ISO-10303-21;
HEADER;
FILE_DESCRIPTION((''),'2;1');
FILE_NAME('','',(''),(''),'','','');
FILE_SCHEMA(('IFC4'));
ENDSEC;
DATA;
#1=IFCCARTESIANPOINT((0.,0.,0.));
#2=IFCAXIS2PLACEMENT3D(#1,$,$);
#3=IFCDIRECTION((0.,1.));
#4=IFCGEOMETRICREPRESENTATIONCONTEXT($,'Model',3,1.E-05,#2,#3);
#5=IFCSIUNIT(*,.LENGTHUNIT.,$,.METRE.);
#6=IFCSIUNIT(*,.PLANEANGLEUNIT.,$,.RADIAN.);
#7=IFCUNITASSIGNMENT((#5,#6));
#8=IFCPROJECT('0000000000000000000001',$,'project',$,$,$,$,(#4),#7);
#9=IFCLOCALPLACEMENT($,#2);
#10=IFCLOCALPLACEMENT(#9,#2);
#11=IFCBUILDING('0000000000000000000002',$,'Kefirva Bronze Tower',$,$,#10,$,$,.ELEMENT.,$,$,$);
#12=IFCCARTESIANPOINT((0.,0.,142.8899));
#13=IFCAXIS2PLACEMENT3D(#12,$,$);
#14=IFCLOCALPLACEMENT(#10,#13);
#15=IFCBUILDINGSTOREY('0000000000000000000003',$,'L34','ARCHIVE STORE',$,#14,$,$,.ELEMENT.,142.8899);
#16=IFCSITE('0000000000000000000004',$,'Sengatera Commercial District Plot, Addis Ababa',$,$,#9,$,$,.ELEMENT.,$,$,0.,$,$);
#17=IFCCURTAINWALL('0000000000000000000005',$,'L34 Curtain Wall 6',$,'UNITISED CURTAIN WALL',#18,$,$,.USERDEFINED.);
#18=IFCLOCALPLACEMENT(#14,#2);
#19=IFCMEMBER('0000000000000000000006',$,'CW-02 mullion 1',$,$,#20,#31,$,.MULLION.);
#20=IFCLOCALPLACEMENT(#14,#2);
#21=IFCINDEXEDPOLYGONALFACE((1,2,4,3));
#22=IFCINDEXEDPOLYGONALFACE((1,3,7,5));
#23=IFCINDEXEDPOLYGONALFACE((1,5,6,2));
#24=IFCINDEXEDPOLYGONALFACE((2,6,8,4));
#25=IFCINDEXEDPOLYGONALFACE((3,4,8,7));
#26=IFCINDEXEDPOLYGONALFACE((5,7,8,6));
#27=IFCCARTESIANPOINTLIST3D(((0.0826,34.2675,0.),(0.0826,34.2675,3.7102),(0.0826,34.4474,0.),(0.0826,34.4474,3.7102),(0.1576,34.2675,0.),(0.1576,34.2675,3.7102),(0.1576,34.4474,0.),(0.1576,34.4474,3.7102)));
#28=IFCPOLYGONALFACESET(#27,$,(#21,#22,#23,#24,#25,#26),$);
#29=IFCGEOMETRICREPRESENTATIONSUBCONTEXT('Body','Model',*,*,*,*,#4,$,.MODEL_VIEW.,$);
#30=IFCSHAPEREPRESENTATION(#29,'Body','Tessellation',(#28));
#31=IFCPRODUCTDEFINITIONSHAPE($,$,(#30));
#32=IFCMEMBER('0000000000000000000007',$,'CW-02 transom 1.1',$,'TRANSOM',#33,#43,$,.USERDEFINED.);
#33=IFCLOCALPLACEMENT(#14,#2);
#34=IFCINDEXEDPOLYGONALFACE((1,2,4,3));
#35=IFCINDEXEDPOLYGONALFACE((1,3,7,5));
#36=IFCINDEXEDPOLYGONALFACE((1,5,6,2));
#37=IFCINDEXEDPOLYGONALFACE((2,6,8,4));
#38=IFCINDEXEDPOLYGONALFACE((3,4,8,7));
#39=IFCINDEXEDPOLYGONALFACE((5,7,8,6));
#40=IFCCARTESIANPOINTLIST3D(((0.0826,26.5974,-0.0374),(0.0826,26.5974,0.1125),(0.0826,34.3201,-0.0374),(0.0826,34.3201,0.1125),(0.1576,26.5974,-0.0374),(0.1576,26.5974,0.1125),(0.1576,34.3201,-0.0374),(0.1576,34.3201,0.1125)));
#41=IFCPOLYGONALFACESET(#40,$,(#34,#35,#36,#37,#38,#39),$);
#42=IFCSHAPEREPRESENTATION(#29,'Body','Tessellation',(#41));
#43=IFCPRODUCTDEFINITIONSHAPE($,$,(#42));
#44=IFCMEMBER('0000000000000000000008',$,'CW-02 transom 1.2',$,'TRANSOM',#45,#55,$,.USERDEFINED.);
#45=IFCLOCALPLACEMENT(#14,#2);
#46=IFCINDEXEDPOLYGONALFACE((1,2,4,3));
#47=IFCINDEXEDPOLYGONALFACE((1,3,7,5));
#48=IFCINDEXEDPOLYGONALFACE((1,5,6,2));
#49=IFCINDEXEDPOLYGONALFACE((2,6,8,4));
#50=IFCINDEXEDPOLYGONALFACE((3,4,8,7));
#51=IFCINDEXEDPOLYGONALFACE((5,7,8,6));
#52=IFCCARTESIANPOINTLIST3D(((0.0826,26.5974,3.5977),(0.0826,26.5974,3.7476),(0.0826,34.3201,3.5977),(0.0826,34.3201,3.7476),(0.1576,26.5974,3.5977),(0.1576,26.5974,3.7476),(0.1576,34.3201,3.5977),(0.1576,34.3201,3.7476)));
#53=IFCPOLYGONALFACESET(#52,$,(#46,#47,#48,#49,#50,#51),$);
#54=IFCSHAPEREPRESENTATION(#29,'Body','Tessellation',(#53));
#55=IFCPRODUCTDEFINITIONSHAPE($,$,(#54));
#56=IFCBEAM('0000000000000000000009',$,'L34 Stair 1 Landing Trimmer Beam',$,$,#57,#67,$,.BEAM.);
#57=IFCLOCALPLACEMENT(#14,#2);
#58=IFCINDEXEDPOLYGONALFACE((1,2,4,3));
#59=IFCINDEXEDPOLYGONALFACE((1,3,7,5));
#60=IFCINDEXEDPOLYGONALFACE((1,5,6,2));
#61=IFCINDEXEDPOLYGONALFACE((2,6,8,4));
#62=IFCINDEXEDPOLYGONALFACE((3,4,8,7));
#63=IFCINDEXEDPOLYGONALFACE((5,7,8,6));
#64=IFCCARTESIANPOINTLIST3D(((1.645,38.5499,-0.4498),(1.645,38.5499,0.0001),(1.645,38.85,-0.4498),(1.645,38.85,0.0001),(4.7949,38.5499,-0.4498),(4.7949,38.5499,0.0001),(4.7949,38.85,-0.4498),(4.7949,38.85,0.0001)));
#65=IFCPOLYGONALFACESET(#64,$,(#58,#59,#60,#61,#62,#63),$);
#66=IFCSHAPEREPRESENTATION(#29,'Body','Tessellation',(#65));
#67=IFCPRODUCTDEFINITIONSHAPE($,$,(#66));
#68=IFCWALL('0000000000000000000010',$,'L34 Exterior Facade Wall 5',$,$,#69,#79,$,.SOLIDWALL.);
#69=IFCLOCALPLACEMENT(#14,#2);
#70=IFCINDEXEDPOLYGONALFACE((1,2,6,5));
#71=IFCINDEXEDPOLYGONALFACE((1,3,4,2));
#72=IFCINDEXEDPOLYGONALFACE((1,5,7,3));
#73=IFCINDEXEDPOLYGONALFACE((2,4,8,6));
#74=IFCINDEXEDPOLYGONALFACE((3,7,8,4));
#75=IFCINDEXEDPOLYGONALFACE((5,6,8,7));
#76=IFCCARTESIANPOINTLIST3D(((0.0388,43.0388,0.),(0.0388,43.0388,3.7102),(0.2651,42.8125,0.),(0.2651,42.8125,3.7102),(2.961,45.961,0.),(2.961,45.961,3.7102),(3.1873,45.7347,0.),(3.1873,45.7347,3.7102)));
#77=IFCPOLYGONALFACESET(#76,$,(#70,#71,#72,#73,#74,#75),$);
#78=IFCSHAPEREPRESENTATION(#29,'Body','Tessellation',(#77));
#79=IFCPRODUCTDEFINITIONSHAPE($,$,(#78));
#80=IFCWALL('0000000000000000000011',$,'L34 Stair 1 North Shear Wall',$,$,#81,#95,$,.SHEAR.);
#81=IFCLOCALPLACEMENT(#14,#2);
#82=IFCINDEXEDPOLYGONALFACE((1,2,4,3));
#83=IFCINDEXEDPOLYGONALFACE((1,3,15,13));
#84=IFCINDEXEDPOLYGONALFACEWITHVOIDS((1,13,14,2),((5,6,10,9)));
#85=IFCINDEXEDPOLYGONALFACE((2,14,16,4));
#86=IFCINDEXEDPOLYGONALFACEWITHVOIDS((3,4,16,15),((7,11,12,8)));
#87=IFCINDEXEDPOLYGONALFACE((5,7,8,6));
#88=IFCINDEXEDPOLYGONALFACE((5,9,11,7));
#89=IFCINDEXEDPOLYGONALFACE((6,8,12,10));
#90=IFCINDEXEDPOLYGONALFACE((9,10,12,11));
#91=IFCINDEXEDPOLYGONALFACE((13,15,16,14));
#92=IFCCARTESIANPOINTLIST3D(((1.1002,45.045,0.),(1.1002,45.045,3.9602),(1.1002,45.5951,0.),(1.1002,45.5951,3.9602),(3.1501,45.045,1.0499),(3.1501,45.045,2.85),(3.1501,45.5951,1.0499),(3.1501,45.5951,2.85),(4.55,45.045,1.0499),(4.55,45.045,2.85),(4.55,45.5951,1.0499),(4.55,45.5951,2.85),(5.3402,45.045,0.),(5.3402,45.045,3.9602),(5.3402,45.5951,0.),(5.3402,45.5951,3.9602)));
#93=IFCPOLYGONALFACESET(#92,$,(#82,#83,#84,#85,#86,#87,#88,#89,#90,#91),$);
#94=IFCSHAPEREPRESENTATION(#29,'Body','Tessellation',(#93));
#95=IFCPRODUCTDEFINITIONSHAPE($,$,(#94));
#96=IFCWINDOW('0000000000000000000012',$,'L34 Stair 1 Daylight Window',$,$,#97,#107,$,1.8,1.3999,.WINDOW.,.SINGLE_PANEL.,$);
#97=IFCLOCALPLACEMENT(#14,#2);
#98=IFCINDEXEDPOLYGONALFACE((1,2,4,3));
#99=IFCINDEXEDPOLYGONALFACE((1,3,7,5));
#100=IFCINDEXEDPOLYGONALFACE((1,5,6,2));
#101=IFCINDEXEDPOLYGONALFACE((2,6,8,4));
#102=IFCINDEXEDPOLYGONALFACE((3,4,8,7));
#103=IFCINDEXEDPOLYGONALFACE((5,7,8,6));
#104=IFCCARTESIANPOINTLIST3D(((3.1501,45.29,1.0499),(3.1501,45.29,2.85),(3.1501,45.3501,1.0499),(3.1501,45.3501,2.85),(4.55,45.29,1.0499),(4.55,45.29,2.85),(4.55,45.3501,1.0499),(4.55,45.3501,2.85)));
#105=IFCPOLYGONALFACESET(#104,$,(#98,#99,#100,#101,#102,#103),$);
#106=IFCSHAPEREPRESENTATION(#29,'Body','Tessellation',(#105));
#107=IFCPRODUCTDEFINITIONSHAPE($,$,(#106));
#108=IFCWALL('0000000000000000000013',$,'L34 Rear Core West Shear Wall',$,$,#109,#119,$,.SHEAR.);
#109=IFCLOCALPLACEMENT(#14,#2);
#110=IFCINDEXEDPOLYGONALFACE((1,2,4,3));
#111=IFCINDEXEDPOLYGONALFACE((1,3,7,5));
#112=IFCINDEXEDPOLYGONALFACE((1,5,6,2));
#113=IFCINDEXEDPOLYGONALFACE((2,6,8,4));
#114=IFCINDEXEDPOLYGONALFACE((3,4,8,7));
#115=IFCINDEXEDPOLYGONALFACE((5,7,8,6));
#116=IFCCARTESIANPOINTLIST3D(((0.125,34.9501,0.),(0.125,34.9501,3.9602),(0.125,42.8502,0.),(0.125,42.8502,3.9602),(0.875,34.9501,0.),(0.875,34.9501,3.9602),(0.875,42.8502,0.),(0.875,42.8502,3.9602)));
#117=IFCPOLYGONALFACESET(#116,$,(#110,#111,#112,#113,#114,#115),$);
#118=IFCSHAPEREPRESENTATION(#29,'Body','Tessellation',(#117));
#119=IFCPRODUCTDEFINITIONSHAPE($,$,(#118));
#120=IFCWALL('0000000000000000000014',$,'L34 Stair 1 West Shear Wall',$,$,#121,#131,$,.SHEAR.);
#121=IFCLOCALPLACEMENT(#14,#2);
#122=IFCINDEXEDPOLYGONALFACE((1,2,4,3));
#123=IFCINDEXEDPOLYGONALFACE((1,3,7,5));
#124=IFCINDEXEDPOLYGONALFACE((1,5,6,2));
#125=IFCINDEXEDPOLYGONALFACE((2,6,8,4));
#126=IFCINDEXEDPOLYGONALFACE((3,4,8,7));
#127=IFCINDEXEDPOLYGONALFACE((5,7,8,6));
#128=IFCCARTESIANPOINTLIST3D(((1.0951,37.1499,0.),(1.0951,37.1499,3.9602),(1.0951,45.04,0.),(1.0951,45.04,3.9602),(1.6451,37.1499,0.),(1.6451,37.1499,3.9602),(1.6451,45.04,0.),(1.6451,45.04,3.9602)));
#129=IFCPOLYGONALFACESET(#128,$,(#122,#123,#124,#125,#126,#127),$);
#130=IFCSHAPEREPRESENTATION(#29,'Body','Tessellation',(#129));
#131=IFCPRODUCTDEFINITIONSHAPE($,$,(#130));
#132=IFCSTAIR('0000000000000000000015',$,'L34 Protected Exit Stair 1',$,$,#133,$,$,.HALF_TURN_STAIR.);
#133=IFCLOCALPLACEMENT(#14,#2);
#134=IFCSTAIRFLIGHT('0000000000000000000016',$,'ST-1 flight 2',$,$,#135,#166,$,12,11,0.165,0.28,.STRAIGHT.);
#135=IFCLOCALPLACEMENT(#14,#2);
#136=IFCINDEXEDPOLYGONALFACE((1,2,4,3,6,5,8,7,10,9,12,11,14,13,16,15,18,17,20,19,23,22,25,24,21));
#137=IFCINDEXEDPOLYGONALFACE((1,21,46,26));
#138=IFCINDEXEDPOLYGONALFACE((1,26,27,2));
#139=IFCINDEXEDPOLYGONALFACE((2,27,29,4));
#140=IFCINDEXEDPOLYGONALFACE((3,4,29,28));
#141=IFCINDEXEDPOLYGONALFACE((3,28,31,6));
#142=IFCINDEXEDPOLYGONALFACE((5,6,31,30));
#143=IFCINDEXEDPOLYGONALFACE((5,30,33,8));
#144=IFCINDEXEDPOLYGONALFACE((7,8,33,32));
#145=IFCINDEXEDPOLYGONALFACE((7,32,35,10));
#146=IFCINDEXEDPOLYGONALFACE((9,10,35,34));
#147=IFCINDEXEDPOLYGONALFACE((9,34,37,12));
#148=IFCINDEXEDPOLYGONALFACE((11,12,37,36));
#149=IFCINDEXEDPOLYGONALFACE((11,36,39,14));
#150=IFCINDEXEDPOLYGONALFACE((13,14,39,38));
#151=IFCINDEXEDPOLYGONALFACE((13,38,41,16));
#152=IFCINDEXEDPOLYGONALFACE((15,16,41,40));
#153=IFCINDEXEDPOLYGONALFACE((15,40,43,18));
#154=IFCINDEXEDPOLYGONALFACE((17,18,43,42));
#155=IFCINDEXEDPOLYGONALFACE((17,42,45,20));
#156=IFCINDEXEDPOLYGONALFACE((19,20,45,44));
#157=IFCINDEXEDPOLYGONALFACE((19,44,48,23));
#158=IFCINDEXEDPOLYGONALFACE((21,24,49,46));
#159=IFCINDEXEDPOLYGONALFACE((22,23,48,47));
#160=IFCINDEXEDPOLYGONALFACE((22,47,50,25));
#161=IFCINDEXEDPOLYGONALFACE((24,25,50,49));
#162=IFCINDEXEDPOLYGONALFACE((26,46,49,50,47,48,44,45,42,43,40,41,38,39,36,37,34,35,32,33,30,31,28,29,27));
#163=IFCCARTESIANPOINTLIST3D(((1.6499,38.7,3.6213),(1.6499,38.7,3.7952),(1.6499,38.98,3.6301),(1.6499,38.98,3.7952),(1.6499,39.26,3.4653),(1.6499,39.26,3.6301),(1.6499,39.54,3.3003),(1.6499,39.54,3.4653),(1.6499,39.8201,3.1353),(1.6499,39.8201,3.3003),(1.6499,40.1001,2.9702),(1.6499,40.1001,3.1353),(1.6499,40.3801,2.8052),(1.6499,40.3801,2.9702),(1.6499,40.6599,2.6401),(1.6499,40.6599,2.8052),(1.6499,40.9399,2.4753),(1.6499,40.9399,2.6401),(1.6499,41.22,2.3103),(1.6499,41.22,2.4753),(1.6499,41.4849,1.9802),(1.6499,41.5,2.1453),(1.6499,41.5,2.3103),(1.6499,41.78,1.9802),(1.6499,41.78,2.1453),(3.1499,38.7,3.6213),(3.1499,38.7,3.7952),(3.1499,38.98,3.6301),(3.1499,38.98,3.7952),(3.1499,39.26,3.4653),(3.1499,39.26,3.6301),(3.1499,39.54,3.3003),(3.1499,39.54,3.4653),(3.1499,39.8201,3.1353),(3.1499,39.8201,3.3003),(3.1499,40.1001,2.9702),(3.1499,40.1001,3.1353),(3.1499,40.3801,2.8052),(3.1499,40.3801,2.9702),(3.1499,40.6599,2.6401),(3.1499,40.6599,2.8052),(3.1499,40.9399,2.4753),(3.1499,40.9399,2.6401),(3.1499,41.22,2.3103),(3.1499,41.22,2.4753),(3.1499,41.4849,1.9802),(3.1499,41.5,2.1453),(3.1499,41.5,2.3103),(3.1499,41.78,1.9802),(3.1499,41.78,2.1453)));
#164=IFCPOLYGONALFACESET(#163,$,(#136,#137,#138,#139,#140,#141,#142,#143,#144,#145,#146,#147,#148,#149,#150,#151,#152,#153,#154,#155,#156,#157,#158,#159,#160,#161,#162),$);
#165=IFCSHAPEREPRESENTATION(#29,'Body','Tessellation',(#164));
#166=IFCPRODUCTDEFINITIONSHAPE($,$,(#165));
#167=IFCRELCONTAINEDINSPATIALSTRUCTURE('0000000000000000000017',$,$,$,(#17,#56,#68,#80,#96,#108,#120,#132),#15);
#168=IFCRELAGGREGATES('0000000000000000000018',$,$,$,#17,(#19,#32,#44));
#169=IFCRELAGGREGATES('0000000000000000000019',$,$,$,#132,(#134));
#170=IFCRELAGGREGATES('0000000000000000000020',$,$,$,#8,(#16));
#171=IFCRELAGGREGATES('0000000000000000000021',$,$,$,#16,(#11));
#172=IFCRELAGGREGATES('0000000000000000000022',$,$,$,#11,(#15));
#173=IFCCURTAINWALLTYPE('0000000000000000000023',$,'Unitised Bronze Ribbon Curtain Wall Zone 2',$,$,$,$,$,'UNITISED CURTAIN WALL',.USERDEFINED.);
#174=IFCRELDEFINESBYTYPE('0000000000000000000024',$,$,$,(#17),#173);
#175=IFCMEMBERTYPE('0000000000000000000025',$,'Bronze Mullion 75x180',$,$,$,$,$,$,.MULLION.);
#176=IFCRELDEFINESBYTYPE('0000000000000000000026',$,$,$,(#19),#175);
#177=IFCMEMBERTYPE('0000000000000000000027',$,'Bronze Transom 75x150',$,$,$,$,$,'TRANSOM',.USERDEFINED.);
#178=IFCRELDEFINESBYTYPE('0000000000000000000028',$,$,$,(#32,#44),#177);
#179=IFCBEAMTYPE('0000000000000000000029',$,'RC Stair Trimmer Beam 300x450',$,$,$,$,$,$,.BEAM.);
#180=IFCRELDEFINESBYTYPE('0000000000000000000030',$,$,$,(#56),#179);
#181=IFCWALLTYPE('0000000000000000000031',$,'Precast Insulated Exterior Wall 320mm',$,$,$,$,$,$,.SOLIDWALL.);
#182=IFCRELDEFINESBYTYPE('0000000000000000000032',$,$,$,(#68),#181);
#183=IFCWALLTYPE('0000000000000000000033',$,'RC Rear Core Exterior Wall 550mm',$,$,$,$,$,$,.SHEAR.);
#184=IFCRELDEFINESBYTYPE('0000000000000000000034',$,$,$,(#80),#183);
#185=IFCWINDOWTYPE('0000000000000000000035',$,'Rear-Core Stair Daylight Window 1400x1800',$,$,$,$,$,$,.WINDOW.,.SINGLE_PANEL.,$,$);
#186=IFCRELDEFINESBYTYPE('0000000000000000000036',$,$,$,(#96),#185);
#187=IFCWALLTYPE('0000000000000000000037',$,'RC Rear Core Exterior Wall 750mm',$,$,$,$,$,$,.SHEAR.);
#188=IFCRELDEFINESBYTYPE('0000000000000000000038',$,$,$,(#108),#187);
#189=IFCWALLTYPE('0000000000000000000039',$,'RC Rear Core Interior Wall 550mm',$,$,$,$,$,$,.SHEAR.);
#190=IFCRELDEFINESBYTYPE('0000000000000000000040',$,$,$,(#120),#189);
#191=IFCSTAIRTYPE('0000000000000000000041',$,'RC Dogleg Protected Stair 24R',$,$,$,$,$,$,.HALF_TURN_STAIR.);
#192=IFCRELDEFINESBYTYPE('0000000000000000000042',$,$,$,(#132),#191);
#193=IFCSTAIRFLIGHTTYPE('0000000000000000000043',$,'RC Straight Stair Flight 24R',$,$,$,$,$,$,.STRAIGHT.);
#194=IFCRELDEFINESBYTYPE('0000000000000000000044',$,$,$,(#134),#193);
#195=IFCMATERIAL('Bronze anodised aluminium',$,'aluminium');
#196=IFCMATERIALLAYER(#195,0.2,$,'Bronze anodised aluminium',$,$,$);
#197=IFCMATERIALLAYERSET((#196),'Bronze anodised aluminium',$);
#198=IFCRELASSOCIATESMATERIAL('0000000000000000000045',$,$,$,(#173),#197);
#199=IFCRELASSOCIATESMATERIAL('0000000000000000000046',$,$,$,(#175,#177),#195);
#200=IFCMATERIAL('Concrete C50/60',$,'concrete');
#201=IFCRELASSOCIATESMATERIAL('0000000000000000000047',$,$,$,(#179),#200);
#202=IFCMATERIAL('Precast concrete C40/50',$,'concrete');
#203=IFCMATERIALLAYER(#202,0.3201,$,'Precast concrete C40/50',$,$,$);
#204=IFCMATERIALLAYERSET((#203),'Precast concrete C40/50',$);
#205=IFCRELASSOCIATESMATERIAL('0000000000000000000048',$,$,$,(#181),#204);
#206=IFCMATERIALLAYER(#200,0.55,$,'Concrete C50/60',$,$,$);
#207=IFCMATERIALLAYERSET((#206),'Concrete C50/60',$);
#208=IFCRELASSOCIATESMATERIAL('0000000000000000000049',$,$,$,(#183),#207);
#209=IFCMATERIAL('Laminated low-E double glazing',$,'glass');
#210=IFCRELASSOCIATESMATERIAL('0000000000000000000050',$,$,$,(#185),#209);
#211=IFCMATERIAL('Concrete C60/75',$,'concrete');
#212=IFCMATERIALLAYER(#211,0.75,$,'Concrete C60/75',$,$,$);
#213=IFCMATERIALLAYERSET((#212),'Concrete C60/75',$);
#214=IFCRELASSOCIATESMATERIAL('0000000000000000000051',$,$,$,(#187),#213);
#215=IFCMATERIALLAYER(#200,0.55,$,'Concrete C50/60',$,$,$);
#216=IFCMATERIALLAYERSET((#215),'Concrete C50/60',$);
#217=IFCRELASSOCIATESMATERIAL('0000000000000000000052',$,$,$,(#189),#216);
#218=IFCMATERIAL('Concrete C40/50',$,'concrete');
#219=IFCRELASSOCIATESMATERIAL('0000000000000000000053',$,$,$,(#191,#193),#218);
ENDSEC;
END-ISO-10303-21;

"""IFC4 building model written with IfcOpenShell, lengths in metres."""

from ifc_helpers import new_model, si_unit, direction, frame, frame_2d, origin, origin_2d, place, context, subcontext, project, spatial, polyline, rectangle, outline, extrude, material, layer, layer_set, material_profile, profile_set, type_object, element, fill, aggregate, save


model = new_model("IFC4")

# Units and contexts
model_context = context("Model", 3, precision=1e-05, world=origin(), true_north=direction((0.0, 1.0)))
body_context = subcontext(model_context, "Body", "Model", "MODEL_VIEW")
ifc_project = project(units=[si_unit("LENGTHUNIT", "METRE"), si_unit("PLANEANGLEUNIT", "RADIAN")], contexts=[model_context])

# Site, building, storey
site_placement = place(None, origin())
site = spatial("IfcSite", under=ifc_project, at=site_placement, Name="Sengatera Commercial District Plot, Addis Ababa", CompositionType="ELEMENT", RefElevation=0.0)
building_placement = place(site_placement, origin())
building = spatial("IfcBuilding", under=site, at=building_placement, Name="Kefirva Bronze Tower", CompositionType="ELEMENT")
storey_placement = place(building_placement, frame((0.0, 0.0, 142.8899)))
storey = spatial("IfcBuildingStorey", under=building, at=storey_placement, Name="L34", Description="ARCHIVE STORE", CompositionType="ELEMENT", Elevation=142.8899)

# Curtain wall, members
ifc_material_1 = material(Name="Bronze anodised aluminium", Category="aluminium")
ifc_layer_1 = layer(ifc_material_1, 0.2, Name="Bronze anodised aluminium")
ifc_layer_set_1 = layer_set([ifc_layer_1], Name="Bronze anodised aluminium")
curtain_wall_type = type_object("IfcCurtainWallType", Name="Unitised Bronze Ribbon Curtain Wall Zone 2", ElementType="UNITISED CURTAIN WALL", PredefinedType="USERDEFINED", material=ifc_layer_set_1)
curtain_wall_placement = place(storey_placement, origin())
curtain_wall = element("IfcCurtainWall", 1, at=curtain_wall_placement, inside=storey, type_object=curtain_wall_type, Name="L34 Curtain Wall 6", ObjectType="UNITISED CURTAIN WALL", PredefinedType="USERDEFINED")
ifc_material_profile_1 = material_profile(ifc_material_1, rectangle(XDim=0.075, YDim=0.1799, at=origin_2d()), Name="ALU 75x180")
ifc_profile_set_1 = profile_set([ifc_material_profile_1], Name="Bronze anodised aluminium")
member_type_1 = type_object("IfcMemberType", Name="Bronze Mullion 75x180", PredefinedType="MULLION", material=ifc_profile_set_1)
member_1_placement = place(storey_placement, frame((0.1201, 34.3574, 0.0), z_axis=(0.0, 0.0, 1.0), x_axis=(1.0, 0.0, 0.0)))
member_1 = element("IfcMember", 2, at=member_1_placement, type_object=member_type_1, Name="CW-02 mullion 1", PredefinedType="MULLION", context=body_context, shape_type="SweptSolid", body=[
    extrude(rectangle(XDim=0.075, YDim=0.1799, at=origin_2d()), origin(), (0.0, 0.0, 1.0), 3.7102),
])
ifc_material_profile_2 = material_profile(ifc_material_1, rectangle(XDim=0.075, YDim=0.1499, at=origin_2d()), Name="ALU 75x150")
ifc_profile_set_2 = profile_set([ifc_material_profile_2], Name="Bronze anodised aluminium")
member_type_2 = type_object("IfcMemberType", Name="Bronze Transom 75x150", ElementType="TRANSOM", PredefinedType="USERDEFINED", material=ifc_profile_set_2)
member_2_placement = place(storey_placement, frame((0.1201, 34.3201, 0.0376), z_axis=(0.0, -1.0, 0.0), x_axis=(1.0, 0.0, 0.0)))
member_2 = element("IfcMember", 3, at=member_2_placement, type_object=member_type_2, Name="CW-02 transom 1.1", ObjectType="TRANSOM", PredefinedType="USERDEFINED", context=body_context, shape_type="SweptSolid", body=[
    extrude(rectangle(XDim=0.075, YDim=0.1499, at=origin_2d()), origin(), (0.0, 0.0, 1.0), 7.7227),
])
member_3_placement = place(storey_placement, frame((0.1201, 34.3201, 3.6726), z_axis=(0.0, -1.0, 0.0), x_axis=(1.0, 0.0, 0.0)))
member_3 = element("IfcMember", 4, at=member_3_placement, type_object=member_type_2, Name="CW-02 transom 1.2", ObjectType="TRANSOM", PredefinedType="USERDEFINED", context=body_context, shape_type="SweptSolid", body=[
    extrude(rectangle(XDim=0.075, YDim=0.1499, at=origin_2d()), origin(), (0.0, 0.0, 1.0), 7.7227),
])
aggregate(curtain_wall, [member_1, member_2, member_3])

# Beam
ifc_material_2 = material(Name="Concrete C50/60", Category="concrete")
ifc_material_profile_3 = material_profile(ifc_material_2, rectangle(XDim=0.3, YDim=0.45, at=origin_2d()), Name="RC 300x450")
ifc_profile_set_3 = profile_set([ifc_material_profile_3], Name="Concrete C50/60")
beam_type = type_object("IfcBeamType", Name="RC Stair Trimmer Beam 300x450", PredefinedType="BEAM", material=ifc_profile_set_3)
beam_placement = place(storey_placement, frame((1.645, 38.7, -0.2249), z_axis=(1.0, 0.0, 0.0), x_axis=(0.0, 1.0, 0.0)))
element("IfcBeam", 5, at=beam_placement, inside=storey, type_object=beam_type, Name="L34 Stair 1 Landing Trimmer Beam", PredefinedType="BEAM", context=body_context, shape_type="SweptSolid", body=[
    extrude(rectangle(XDim=0.3, YDim=0.45, at=origin_2d()), origin(), (0.0, 0.0, 1.0), 3.1499),
])

# Wall
ifc_material_3 = material(Name="Precast concrete C40/50", Category="concrete")
ifc_layer_2 = layer(ifc_material_3, 0.3201, Name="Precast concrete C40/50")
ifc_layer_set_2 = layer_set([ifc_layer_2], Name="Precast concrete C40/50")
wall_type_1 = type_object("IfcWallType", Name="Precast Insulated Exterior Wall 320mm", PredefinedType="SOLIDWALL", material=ifc_layer_set_2)
wall_1_placement = place(storey_placement, frame((3.0742, 45.8479, 0.0), z_axis=(0.0, 0.0, 1.0), x_axis=(-0.707107, -0.707107, 0.0)))
element("IfcWall", 6, at=wall_1_placement, inside=storey, type_object=wall_type_1, Name="L34 Exterior Facade Wall 5", PredefinedType="SOLIDWALL", context=body_context, shape_type="SweptSolid", body=[
    extrude(rectangle(XDim=4.1326, YDim=0.3201, at=frame_2d((2.0664, 0.0))), origin(), (0.0, 0.0, 1.0), 3.7102),
])

# Wall, opening, window
ifc_layer_3 = layer(ifc_material_2, 0.55, Name="Concrete C50/60")
ifc_layer_set_3 = layer_set([ifc_layer_3], Name="Concrete C50/60")
wall_type_2 = type_object("IfcWallType", Name="RC Rear Core Exterior Wall 550mm", PredefinedType="SHEAR", material=ifc_layer_set_3)
wall_2_placement = place(storey_placement, frame((1.1001, 45.3201, 0.0), z_axis=(0.0, 0.0, 1.0), x_axis=(1.0, 0.0, 0.0)))
wall_2 = element("IfcWall", 7, at=wall_2_placement, inside=storey, type_object=wall_type_2, Name="L34 Stair 1 North Shear Wall", PredefinedType="SHEAR", context=body_context, shape_type="SweptSolid", body=[
    extrude(rectangle(XDim=4.24, YDim=0.55, at=frame_2d((2.1201, 0.0))), origin(), (0.0, 0.0, 1.0), 3.9602),
])
opening_1_placement = place(wall_2_placement, frame((2.05, 0.0, 1.05)))
opening_1 = element("IfcOpeningElement", 8, at=opening_1_placement, cuts=wall_2, PredefinedType="OPENING", context=body_context, shape_type="SweptSolid", body=[
    extrude(rectangle(XDim=1.3999, YDim=1.8, at=frame_2d((0.7, 0.8999))), frame((0.0, 0.2852, 0.0), z_axis=(0.0, -1.0, 0.0), x_axis=(1.0, 0.0, 0.0)), (0.0, 0.0, 1.0), 0.5701),
])
ifc_material_4 = material(Name="Laminated low-E double glazing", Category="glass")
window_type = type_object("IfcWindowType", Name="Rear-Core Stair Daylight Window 1400x1800", PartitioningType="SINGLE_PANEL", PredefinedType="WINDOW", material=ifc_material_4)
window_placement = place(opening_1_placement, origin())
window = element("IfcWindow", 9, at=window_placement, inside=storey, type_object=window_type, Name="L34 Stair 1 Daylight Window", OverallHeight=1.8, OverallWidth=1.3999, PartitioningType="SINGLE_PANEL", PredefinedType="WINDOW", context=body_context, shape_type="SweptSolid", body=[
    extrude(rectangle(XDim=1.3999, YDim=1.8, at=frame_2d((0.7, 0.8999))), frame((0.0, 0.03, 0.0), z_axis=(0.0, -1.0, 0.0), x_axis=(1.0, 0.0, 0.0)), (0.0, 0.0, 1.0), 0.0601),
])
fill(opening_1, window)

# Walls
ifc_material_5 = material(Name="Concrete C60/75", Category="concrete")
ifc_layer_4 = layer(ifc_material_5, 0.75, Name="Concrete C60/75")
ifc_layer_set_4 = layer_set([ifc_layer_4], Name="Concrete C60/75")
wall_type_3 = type_object("IfcWallType", Name="RC Rear Core Exterior Wall 750mm", PredefinedType="SHEAR", material=ifc_layer_set_4)
wall_3_placement = place(storey_placement, frame((0.5, 34.95, 0.0), z_axis=(0.0, 0.0, 1.0), x_axis=(0.0, 1.0, 0.0)))
element("IfcWall", 10, at=wall_3_placement, inside=storey, type_object=wall_type_3, Name="L34 Rear Core West Shear Wall", PredefinedType="SHEAR", context=body_context, shape_type="SweptSolid", body=[
    extrude(rectangle(XDim=7.9001, YDim=0.75, at=frame_2d((3.9502, 0.0))), origin(), (0.0, 0.0, 1.0), 3.9602),
])
ifc_layer_5 = layer(ifc_material_2, 0.55, Name="Concrete C50/60")
ifc_layer_set_5 = layer_set([ifc_layer_5], Name="Concrete C50/60")
wall_type_4 = type_object("IfcWallType", Name="RC Rear Core Interior Wall 550mm", PredefinedType="SHEAR", material=ifc_layer_set_5)
wall_4_placement = place(storey_placement, frame((1.3701, 37.1499, 0.0), z_axis=(0.0, 0.0, 1.0), x_axis=(0.0, 1.0, 0.0)))
element("IfcWall", 11, at=wall_4_placement, inside=storey, type_object=wall_type_4, Name="L34 Stair 1 West Shear Wall", PredefinedType="SHEAR", context=body_context, shape_type="SweptSolid", body=[
    extrude(rectangle(XDim=7.8901, YDim=0.55, at=frame_2d((3.9451, 0.0))), origin(), (0.0, 0.0, 1.0), 3.9602),
])

# Stair, stair flight
ifc_material_6 = material(Name="Concrete C40/50", Category="concrete")
stair_type = type_object("IfcStairType", Name="RC Dogleg Protected Stair 24R", PredefinedType="HALF_TURN_STAIR", material=ifc_material_6)
stair_placement = place(storey_placement, origin())
stair = element("IfcStair", 12, at=stair_placement, inside=storey, type_object=stair_type, Name="L34 Protected Exit Stair 1", PredefinedType="HALF_TURN_STAIR")
stair_flight_type = type_object("IfcStairFlightType", Name="RC Straight Stair Flight 24R", PredefinedType="STRAIGHT", material=ifc_material_6)
stair_flight_placement = place(storey_placement, frame((2.3999, 41.78, 1.9802), z_axis=(0.0, 0.0, 1.0), x_axis=(0.0, -1.0, 0.0)))
stair_flight = element("IfcStairFlight", 13, at=stair_flight_placement, type_object=stair_flight_type, Name="ST-1 flight 2", NumberOfRisers=12, NumberOfTreads=11, PredefinedType="STRAIGHT", RiserHeight=0.165, TreadLength=0.28, context=body_context, shape_type="SweptSolid", body=[
    extrude(outline(polyline([(0.0, 0.0), (0.0, 0.165), (0.28, 0.165), (0.28, 0.3301), (0.5601, 0.3301), (0.5601, 0.4951), (0.8401, 0.4951), (0.8401, 0.6599), (1.1201, 0.6599), (1.1201, 0.825), (1.3999, 0.825), (1.3999, 0.99), (1.6799, 0.99), (1.6799, 1.155), (1.96, 1.155), (1.96, 1.3201), (2.24, 1.3201), (2.24, 1.4851), (2.52, 1.4851), (2.52, 1.6499), (2.8, 1.6499), (2.8, 1.8149), (3.0801, 1.8149), (3.0801, 1.98), (3.0801, 1.6411), (0.2952, 0.0), (0.0, 0.0)])), frame((0.0, 0.75, 0.0), z_axis=(0.0, -1.0, 0.0), x_axis=(1.0, 0.0, 0.0)), (0.0, 0.0, 1.0), 1.5),
])
aggregate(stair, [stair_flight])

save(model, "model.ifc")
